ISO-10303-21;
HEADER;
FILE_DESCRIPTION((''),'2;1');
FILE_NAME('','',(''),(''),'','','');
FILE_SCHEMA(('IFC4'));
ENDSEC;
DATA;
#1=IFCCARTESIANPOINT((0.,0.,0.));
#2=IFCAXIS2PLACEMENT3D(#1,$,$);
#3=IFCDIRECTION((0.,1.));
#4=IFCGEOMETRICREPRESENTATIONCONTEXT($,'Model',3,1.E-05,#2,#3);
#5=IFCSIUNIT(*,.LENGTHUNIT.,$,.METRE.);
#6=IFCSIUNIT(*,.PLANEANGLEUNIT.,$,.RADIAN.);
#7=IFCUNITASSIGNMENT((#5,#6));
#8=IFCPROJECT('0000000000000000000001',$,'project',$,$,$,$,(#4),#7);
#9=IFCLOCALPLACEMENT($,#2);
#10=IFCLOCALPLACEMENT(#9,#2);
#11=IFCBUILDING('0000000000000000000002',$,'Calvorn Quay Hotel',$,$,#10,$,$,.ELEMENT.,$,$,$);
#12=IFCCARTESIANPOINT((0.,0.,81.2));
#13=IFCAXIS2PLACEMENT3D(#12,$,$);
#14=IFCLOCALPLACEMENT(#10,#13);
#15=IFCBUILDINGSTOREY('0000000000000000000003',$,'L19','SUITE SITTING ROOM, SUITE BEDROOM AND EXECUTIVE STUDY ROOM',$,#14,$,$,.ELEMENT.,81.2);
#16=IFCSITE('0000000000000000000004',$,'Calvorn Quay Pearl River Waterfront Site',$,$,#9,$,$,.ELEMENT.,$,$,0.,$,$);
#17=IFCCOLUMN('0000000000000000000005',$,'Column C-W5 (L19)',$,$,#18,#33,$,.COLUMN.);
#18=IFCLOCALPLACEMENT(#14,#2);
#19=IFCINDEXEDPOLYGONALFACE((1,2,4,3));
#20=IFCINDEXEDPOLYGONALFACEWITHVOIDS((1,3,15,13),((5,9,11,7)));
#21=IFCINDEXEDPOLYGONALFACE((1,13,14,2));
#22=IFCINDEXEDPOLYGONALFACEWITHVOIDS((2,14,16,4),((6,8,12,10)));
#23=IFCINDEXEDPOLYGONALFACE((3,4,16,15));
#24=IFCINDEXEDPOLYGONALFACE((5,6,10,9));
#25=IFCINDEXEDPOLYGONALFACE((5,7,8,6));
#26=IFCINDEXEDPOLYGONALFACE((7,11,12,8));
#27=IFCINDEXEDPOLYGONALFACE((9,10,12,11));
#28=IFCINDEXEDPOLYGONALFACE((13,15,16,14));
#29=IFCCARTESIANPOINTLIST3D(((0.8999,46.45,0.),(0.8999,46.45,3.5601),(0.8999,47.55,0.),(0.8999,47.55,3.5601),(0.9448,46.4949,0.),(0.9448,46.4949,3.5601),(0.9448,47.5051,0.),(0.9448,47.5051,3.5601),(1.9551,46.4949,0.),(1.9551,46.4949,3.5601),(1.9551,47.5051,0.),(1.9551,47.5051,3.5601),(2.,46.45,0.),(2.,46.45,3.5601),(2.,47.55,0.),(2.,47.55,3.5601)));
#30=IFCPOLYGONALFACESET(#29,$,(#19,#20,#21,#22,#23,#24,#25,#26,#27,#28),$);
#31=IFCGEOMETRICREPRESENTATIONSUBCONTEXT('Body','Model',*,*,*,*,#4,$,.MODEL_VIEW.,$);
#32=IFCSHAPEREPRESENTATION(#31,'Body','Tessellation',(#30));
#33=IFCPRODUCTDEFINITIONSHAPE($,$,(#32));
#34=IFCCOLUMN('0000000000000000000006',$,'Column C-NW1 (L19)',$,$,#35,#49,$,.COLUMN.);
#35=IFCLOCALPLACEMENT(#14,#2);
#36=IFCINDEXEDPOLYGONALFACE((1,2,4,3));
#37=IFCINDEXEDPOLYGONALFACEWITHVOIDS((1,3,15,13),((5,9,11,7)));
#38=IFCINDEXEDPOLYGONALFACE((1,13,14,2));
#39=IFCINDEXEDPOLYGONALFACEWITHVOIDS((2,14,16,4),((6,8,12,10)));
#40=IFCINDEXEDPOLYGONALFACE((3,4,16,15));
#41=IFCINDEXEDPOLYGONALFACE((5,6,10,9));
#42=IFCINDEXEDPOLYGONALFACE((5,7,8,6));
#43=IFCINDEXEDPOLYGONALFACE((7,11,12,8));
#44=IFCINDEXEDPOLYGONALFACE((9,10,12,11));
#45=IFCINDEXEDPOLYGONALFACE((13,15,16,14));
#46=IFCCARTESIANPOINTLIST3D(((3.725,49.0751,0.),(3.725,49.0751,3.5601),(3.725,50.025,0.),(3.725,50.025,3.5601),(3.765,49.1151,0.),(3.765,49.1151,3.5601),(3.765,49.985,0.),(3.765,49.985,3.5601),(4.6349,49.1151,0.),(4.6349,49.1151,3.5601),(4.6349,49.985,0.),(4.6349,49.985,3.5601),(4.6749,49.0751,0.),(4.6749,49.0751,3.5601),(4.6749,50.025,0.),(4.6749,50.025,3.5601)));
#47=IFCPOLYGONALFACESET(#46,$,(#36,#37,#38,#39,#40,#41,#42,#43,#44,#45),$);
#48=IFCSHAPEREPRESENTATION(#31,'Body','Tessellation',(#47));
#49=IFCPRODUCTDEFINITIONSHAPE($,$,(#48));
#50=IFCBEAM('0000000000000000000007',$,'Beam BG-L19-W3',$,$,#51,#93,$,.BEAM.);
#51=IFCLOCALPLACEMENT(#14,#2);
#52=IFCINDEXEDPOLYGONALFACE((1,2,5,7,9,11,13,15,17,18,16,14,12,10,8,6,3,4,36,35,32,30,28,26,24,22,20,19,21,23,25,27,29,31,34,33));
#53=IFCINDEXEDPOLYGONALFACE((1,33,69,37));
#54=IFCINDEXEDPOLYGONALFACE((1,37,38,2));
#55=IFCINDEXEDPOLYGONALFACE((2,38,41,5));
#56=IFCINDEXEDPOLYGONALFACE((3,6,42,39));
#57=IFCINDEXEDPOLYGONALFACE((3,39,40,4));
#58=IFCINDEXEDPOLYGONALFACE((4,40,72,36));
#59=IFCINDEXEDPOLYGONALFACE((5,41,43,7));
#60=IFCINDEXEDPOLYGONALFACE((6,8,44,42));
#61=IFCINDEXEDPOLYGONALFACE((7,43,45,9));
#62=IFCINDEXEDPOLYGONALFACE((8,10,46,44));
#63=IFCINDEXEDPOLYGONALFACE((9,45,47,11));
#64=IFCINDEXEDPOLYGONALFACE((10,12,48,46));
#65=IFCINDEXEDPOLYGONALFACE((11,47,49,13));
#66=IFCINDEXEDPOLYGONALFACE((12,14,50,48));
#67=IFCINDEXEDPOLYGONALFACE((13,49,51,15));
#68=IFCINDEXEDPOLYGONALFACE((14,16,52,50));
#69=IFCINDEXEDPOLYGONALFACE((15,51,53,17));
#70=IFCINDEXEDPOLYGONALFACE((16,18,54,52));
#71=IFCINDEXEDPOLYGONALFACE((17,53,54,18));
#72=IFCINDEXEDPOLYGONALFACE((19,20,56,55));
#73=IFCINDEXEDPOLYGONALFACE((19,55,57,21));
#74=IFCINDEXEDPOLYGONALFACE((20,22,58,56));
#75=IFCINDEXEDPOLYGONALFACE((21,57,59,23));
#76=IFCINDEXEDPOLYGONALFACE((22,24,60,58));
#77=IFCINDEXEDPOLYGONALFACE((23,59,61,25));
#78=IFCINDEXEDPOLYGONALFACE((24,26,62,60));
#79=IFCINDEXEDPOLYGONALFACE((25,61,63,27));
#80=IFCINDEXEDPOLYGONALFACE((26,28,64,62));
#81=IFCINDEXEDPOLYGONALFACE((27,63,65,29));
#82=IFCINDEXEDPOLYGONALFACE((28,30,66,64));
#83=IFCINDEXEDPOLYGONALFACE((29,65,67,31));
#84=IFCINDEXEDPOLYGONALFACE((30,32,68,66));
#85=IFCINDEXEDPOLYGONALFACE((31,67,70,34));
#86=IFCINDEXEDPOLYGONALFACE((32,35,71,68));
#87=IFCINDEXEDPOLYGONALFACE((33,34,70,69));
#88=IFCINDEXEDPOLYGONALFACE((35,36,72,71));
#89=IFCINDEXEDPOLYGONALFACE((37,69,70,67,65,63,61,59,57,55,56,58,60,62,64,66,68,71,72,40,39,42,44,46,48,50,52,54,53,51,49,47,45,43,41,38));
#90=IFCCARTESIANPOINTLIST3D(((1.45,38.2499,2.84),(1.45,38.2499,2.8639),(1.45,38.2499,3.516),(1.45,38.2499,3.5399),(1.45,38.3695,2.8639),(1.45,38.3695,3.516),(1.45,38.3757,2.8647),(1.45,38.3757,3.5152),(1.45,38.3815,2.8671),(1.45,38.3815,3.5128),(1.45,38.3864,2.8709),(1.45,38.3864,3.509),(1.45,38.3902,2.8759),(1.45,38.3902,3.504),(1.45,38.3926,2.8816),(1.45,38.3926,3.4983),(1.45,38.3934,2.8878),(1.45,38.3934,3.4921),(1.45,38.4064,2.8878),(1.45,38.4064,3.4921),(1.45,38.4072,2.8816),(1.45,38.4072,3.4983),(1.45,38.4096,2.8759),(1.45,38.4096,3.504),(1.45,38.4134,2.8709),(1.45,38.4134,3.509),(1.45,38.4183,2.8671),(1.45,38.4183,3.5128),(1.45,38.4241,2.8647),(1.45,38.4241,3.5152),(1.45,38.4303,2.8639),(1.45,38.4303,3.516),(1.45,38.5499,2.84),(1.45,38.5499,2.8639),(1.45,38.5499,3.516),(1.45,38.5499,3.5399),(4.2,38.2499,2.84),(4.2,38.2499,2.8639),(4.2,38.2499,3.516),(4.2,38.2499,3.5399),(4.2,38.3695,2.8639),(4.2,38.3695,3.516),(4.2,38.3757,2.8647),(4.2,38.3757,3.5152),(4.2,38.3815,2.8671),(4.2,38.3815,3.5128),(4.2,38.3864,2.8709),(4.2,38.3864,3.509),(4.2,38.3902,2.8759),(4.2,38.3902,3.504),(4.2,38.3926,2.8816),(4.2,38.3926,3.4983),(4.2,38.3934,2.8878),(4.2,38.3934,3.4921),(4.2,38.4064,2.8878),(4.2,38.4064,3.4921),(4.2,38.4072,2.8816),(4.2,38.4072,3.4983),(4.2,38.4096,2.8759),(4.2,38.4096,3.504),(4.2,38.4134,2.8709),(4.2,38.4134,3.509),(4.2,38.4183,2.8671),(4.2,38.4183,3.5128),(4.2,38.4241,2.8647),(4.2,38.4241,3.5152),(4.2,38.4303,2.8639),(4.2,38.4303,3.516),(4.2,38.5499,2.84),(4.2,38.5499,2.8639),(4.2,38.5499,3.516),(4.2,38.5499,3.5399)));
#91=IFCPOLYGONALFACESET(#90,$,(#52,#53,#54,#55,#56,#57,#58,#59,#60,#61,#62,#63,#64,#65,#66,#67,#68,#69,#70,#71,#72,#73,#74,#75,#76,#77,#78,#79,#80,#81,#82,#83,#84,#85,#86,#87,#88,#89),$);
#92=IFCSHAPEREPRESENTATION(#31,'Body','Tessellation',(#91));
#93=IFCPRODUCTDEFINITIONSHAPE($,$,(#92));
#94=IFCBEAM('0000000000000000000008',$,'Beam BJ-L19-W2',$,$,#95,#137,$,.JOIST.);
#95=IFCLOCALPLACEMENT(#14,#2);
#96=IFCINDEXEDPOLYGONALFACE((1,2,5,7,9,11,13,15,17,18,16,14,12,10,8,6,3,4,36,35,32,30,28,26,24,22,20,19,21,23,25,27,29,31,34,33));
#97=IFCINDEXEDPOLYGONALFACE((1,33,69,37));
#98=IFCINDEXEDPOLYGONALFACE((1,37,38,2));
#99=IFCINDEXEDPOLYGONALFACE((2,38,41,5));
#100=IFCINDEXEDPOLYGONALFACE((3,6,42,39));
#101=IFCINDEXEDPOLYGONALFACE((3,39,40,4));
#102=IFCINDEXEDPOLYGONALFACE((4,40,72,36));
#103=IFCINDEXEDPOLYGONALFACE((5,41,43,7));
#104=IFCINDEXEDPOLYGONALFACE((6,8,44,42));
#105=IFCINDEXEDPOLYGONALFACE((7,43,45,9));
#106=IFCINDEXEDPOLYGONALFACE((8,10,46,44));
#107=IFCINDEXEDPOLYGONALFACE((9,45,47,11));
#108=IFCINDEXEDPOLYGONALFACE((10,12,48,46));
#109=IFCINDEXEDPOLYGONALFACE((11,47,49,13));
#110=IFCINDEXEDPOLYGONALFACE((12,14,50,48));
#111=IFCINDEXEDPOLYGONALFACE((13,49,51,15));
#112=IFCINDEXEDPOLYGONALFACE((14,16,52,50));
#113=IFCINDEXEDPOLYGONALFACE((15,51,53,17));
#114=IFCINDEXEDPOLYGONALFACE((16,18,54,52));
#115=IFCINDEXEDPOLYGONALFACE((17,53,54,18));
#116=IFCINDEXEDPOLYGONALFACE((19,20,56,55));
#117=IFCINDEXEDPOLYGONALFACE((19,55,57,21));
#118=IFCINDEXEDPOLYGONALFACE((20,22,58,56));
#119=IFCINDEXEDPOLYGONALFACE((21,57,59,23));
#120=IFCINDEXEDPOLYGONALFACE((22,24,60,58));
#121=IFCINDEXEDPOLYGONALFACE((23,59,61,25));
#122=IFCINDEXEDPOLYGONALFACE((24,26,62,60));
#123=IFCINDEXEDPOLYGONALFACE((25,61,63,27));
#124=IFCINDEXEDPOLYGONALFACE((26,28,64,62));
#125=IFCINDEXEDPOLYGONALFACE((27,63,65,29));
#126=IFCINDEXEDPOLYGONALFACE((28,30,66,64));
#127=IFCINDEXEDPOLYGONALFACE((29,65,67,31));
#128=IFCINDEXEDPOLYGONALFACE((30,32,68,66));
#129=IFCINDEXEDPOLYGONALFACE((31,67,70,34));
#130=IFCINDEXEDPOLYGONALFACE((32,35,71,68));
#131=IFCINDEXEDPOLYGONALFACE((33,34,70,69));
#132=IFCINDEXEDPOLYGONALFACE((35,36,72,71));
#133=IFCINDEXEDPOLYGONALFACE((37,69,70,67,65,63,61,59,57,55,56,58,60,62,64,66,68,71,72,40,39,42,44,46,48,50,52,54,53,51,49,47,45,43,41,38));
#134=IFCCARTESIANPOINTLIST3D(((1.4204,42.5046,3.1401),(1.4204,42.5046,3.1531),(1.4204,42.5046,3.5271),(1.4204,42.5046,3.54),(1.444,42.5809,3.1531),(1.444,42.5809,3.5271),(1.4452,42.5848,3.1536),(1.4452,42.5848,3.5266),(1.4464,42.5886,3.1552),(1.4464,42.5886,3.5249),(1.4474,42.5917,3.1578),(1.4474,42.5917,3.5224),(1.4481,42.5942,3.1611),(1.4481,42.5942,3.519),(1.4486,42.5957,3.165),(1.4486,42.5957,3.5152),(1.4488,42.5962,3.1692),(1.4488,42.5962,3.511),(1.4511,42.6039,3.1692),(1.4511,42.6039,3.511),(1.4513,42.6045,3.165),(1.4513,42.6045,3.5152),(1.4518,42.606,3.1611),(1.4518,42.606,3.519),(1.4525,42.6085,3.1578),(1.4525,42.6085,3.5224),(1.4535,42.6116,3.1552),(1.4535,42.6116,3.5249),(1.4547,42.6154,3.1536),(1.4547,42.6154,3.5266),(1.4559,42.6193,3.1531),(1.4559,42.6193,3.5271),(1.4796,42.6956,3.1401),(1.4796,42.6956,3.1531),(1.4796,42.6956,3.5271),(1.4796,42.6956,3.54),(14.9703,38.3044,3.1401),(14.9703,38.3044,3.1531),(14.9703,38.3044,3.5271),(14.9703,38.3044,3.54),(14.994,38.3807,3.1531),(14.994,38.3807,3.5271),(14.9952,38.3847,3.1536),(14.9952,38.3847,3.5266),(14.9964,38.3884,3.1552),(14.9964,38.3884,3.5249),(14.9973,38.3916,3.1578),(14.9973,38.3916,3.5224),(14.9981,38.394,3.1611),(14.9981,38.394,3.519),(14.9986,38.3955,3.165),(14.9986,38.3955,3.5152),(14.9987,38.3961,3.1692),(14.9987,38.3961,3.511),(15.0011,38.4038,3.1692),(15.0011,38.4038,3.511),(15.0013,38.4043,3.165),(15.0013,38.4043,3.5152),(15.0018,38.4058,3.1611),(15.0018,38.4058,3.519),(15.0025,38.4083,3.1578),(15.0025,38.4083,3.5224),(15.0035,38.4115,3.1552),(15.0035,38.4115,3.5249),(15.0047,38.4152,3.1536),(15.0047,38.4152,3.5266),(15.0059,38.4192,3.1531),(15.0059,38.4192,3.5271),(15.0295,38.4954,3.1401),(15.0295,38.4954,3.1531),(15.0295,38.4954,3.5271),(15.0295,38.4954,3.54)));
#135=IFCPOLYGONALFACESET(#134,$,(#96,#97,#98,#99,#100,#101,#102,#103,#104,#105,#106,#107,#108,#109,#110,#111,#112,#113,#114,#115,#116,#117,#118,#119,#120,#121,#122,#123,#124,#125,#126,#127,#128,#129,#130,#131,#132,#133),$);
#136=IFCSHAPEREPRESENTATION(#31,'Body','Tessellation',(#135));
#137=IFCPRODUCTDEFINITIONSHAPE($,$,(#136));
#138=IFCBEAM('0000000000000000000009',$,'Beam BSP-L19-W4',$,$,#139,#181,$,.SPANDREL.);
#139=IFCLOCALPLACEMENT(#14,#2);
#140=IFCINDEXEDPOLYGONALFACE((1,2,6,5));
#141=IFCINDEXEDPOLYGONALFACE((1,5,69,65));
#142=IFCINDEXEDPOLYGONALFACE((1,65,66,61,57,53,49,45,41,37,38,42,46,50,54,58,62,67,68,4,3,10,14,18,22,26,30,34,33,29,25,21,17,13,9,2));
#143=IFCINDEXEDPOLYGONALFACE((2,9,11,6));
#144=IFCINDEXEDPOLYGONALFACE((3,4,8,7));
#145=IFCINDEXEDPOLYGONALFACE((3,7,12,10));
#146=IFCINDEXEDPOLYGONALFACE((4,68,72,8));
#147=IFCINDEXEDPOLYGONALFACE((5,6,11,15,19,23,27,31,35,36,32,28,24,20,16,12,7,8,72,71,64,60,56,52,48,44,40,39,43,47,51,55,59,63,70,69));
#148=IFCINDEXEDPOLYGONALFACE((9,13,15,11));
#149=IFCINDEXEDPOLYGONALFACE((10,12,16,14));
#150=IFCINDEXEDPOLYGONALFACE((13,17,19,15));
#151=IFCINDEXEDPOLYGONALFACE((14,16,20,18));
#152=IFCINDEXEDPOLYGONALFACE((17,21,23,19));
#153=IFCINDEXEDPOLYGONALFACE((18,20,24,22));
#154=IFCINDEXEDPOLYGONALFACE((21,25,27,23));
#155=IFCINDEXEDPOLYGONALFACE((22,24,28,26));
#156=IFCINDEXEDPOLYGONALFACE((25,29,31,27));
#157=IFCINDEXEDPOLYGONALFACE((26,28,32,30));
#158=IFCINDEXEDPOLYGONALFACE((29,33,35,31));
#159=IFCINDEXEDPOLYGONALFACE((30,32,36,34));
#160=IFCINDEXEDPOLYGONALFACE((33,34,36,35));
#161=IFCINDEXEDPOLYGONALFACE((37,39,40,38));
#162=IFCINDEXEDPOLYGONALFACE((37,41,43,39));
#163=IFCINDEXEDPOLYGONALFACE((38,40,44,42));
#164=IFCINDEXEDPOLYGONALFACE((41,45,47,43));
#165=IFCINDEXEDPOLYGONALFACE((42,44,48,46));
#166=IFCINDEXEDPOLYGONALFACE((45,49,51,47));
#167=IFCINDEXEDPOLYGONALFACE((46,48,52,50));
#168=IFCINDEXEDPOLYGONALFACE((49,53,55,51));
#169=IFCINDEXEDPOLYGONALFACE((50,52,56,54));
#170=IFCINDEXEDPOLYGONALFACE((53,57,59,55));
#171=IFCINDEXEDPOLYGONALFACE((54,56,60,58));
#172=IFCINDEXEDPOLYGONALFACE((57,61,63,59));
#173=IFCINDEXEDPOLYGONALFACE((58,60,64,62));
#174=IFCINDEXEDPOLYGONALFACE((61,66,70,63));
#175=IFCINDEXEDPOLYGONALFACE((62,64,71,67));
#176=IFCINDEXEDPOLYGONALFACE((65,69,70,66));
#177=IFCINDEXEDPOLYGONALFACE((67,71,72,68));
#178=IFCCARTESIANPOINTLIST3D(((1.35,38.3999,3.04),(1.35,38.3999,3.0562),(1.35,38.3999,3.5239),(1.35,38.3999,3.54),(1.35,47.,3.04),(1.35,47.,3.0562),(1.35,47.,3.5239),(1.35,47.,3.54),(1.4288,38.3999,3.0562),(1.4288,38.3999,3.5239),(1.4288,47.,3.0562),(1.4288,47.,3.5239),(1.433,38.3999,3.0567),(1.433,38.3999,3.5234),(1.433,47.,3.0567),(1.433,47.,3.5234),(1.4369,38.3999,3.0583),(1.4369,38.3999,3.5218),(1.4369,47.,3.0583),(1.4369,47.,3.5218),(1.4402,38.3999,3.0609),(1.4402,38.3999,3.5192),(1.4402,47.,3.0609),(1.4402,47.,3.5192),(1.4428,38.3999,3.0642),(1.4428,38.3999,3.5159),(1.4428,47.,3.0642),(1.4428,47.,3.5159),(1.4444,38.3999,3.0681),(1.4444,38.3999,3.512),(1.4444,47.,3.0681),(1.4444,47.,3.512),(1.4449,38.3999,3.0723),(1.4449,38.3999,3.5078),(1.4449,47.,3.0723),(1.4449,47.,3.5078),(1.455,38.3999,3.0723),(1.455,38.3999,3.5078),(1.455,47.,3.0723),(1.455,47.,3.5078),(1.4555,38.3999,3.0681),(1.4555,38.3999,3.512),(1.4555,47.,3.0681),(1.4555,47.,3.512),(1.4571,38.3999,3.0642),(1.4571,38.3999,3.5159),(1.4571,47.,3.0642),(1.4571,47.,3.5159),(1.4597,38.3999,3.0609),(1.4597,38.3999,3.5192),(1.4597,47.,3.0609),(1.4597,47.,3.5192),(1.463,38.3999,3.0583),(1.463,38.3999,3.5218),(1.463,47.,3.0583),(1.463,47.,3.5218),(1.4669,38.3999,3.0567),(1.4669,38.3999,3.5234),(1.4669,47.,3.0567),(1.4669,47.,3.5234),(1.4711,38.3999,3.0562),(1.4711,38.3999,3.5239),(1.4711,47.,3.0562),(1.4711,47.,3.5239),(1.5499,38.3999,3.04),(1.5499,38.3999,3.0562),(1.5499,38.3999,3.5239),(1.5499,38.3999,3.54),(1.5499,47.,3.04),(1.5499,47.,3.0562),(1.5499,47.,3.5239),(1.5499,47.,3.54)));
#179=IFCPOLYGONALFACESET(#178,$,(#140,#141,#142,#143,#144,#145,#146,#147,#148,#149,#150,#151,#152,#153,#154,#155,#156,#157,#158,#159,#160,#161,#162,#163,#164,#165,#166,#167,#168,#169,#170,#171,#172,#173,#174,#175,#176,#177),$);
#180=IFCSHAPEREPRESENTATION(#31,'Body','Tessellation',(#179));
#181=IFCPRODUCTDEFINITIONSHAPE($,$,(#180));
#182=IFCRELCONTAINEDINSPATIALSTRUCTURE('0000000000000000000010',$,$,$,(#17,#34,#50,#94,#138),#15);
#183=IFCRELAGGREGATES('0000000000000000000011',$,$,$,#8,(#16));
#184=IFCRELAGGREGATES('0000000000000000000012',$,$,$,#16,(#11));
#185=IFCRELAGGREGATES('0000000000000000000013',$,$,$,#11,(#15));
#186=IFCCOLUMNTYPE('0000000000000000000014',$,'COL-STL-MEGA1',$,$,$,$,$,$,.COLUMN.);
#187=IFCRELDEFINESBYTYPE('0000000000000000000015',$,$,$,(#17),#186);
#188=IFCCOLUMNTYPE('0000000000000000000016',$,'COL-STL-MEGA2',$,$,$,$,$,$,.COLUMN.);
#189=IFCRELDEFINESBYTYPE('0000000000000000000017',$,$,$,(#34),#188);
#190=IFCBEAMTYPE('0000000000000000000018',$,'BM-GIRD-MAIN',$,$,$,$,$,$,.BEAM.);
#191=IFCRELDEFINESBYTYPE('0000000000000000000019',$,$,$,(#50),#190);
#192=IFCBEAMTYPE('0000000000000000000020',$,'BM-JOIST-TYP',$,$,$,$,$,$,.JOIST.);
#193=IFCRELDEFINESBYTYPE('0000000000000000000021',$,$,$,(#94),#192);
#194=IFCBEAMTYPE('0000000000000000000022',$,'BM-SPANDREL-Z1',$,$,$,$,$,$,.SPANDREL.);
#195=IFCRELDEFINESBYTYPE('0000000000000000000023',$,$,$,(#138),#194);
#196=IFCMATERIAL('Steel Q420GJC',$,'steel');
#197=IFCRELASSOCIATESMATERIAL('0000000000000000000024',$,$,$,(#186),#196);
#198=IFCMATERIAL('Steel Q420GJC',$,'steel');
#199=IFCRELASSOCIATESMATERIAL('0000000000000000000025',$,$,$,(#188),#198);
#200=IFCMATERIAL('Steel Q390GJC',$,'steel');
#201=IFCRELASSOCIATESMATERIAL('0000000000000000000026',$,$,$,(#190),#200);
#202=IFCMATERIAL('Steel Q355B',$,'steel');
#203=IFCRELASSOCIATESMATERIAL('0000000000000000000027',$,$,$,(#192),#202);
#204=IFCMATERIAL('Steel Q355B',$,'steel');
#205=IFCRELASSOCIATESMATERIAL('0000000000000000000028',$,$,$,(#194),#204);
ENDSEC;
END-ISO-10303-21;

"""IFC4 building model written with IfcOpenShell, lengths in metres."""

from ifc_helpers import new_model, si_unit, direction, frame, origin, origin_2d, place, context, subcontext, project, spatial, hollow_rectangle, i_section, extrude, material, material_profile, profile_set, type_object, element, save


model = new_model("IFC4")

# Units and contexts
model_context = context("Model", 3, precision=1e-05, world=origin(), true_north=direction((0.0, 1.0)))
body_context = subcontext(model_context, "Body", "Model", "MODEL_VIEW")
ifc_project = project(units=[si_unit("LENGTHUNIT", "METRE"), si_unit("PLANEANGLEUNIT", "RADIAN")], contexts=[model_context])

# Site, building, storey
site_placement = place(None, origin())
site = spatial("IfcSite", under=ifc_project, at=site_placement, Name="Calvorn Quay Pearl River Waterfront Site", CompositionType="ELEMENT", RefElevation=0.0)
building_placement = place(site_placement, origin())
building = spatial("IfcBuilding", under=site, at=building_placement, Name="Calvorn Quay Hotel", CompositionType="ELEMENT")
storey_placement = place(building_placement, frame((0.0, 0.0, 81.2)))
storey = spatial("IfcBuildingStorey", under=building, at=storey_placement, Name="L19", Description="SUITE SITTING ROOM, SUITE BEDROOM AND EXECUTIVE STUDY ROOM", CompositionType="ELEMENT", Elevation=81.2)

# Columns
ifc_material_1 = material(Name="Steel Q420GJC", Category="steel")
ifc_material_profile_1 = material_profile(ifc_material_1, hollow_rectangle(XDim=1.1001, YDim=1.1001, WallThickness=0.0449, at=origin_2d()), Name="BOX1100x1100x45")
ifc_profile_set_1 = profile_set([ifc_material_profile_1], Name="Steel Q420GJC")
column_type_1 = type_object("IfcColumnType", Name="COL-STL-MEGA1", PredefinedType="COLUMN", material=ifc_profile_set_1)
column_1_placement = place(storey_placement, frame((1.45, 47.0, 0.0), z_axis=(0.0, 0.0, 1.0), x_axis=(1.0, 0.0, 0.0)))
element("IfcColumn", 1, at=column_1_placement, inside=storey, type_object=column_type_1, Name="Column C-W5 (L19)", PredefinedType="COLUMN", context=body_context, shape_type="SweptSolid", body=[
    extrude(hollow_rectangle(XDim=1.1001, YDim=1.1001, WallThickness=0.0449, at=origin_2d()), origin(), (0.0, 0.0, 1.0), 3.5601),
])
ifc_material_2 = material(Name="Steel Q420GJC", Category="steel")
ifc_material_profile_2 = material_profile(ifc_material_2, hollow_rectangle(XDim=0.95, YDim=0.95, WallThickness=0.04, at=origin_2d()), Name="BOX950x950x40")
ifc_profile_set_2 = profile_set([ifc_material_profile_2], Name="Steel Q420GJC")
column_type_2 = type_object("IfcColumnType", Name="COL-STL-MEGA2", PredefinedType="COLUMN", material=ifc_profile_set_2)
column_2_placement = place(storey_placement, frame((4.2, 49.55, 0.0), z_axis=(0.0, 0.0, 1.0), x_axis=(1.0, 0.0, 0.0)))
element("IfcColumn", 2, at=column_2_placement, inside=storey, type_object=column_type_2, Name="Column C-NW1 (L19)", PredefinedType="COLUMN", context=body_context, shape_type="SweptSolid", body=[
    extrude(hollow_rectangle(XDim=0.95, YDim=0.95, WallThickness=0.04, at=origin_2d()), origin(), (0.0, 0.0, 1.0), 3.5601),
])

# Beams
ifc_material_3 = material(Name="Steel Q390GJC", Category="steel")
ifc_material_profile_3 = material_profile(ifc_material_3, i_section(OverallWidth=0.3, OverallDepth=0.7, WebThickness=0.0129, FlangeThickness=0.0239, FilletRadius=0.0239, at=origin_2d()), Name="HN700x300x13x24")
ifc_profile_set_3 = profile_set([ifc_material_profile_3], Name="Steel Q390GJC")
beam_type_1 = type_object("IfcBeamType", Name="BM-GIRD-MAIN", PredefinedType="BEAM", material=ifc_profile_set_3)
beam_1_placement = place(storey_placement, frame((1.45, 38.3999, 3.1899), z_axis=(1.0, 0.0, 0.0), x_axis=(0.0, 1.0, 0.0)))
element("IfcBeam", 3, at=beam_1_placement, inside=storey, type_object=beam_type_1, Name="Beam BG-L19-W3", PredefinedType="BEAM", context=body_context, shape_type="SweptSolid", body=[
    extrude(i_section(OverallWidth=0.3, OverallDepth=0.7, WebThickness=0.0129, FlangeThickness=0.0239, FilletRadius=0.0239, at=origin_2d()), origin(), (0.0, 0.0, 1.0), 2.75),
])
ifc_material_4 = material(Name="Steel Q355B", Category="steel")
ifc_material_profile_4 = material_profile(ifc_material_4, i_section(OverallWidth=0.2, OverallDepth=0.3999, WebThickness=0.0081, FlangeThickness=0.0129, FilletRadius=0.0161, at=origin_2d()), Name="HN400x200x8x13")
ifc_profile_set_4 = profile_set([ifc_material_profile_4], Name="Steel Q355B")
beam_type_2 = type_object("IfcBeamType", Name="BM-JOIST-TYP", PredefinedType="JOIST", material=ifc_profile_set_4)
beam_2_placement = place(storey_placement, frame((1.45, 42.6001, 3.3401), z_axis=(0.955164, -0.296078, 0.0), x_axis=(0.296078, 0.955164, 0.0)))
element("IfcBeam", 4, at=beam_2_placement, inside=storey, type_object=beam_type_2, Name="Beam BJ-L19-W2", PredefinedType="JOIST", context=body_context, shape_type="SweptSolid", body=[
    extrude(i_section(OverallWidth=0.2, OverallDepth=0.3999, WebThickness=0.0081, FlangeThickness=0.0129, FilletRadius=0.0161, at=origin_2d()), origin(), (0.0, 0.0, 1.0), 14.186),
])
ifc_material_5 = material(Name="Steel Q355B", Category="steel")
ifc_material_profile_5 = material_profile(ifc_material_5, i_section(OverallWidth=0.2, OverallDepth=0.5, WebThickness=0.01, FlangeThickness=0.0161, FilletRadius=0.0161, at=origin_2d()), Name="HN500x200x10x16")
ifc_profile_set_5 = profile_set([ifc_material_profile_5], Name="Steel Q355B")
beam_type_3 = type_object("IfcBeamType", Name="BM-SPANDREL-Z1", PredefinedType="SPANDREL", material=ifc_profile_set_5)
beam_3_placement = place(storey_placement, frame((1.45, 38.3999, 3.29), z_axis=(0.0, 1.0, 0.0), x_axis=(-1.0, 0.0, 0.0)))
element("IfcBeam", 5, at=beam_3_placement, inside=storey, type_object=beam_type_3, Name="Beam BSP-L19-W4", PredefinedType="SPANDREL", context=body_context, shape_type="SweptSolid", body=[
    extrude(i_section(OverallWidth=0.2, OverallDepth=0.5, WebThickness=0.01, FlangeThickness=0.0161, FilletRadius=0.0161, at=origin_2d()), origin(), (0.0, 0.0, 1.0), 8.6001),
])

save(model, "model.ifc")
